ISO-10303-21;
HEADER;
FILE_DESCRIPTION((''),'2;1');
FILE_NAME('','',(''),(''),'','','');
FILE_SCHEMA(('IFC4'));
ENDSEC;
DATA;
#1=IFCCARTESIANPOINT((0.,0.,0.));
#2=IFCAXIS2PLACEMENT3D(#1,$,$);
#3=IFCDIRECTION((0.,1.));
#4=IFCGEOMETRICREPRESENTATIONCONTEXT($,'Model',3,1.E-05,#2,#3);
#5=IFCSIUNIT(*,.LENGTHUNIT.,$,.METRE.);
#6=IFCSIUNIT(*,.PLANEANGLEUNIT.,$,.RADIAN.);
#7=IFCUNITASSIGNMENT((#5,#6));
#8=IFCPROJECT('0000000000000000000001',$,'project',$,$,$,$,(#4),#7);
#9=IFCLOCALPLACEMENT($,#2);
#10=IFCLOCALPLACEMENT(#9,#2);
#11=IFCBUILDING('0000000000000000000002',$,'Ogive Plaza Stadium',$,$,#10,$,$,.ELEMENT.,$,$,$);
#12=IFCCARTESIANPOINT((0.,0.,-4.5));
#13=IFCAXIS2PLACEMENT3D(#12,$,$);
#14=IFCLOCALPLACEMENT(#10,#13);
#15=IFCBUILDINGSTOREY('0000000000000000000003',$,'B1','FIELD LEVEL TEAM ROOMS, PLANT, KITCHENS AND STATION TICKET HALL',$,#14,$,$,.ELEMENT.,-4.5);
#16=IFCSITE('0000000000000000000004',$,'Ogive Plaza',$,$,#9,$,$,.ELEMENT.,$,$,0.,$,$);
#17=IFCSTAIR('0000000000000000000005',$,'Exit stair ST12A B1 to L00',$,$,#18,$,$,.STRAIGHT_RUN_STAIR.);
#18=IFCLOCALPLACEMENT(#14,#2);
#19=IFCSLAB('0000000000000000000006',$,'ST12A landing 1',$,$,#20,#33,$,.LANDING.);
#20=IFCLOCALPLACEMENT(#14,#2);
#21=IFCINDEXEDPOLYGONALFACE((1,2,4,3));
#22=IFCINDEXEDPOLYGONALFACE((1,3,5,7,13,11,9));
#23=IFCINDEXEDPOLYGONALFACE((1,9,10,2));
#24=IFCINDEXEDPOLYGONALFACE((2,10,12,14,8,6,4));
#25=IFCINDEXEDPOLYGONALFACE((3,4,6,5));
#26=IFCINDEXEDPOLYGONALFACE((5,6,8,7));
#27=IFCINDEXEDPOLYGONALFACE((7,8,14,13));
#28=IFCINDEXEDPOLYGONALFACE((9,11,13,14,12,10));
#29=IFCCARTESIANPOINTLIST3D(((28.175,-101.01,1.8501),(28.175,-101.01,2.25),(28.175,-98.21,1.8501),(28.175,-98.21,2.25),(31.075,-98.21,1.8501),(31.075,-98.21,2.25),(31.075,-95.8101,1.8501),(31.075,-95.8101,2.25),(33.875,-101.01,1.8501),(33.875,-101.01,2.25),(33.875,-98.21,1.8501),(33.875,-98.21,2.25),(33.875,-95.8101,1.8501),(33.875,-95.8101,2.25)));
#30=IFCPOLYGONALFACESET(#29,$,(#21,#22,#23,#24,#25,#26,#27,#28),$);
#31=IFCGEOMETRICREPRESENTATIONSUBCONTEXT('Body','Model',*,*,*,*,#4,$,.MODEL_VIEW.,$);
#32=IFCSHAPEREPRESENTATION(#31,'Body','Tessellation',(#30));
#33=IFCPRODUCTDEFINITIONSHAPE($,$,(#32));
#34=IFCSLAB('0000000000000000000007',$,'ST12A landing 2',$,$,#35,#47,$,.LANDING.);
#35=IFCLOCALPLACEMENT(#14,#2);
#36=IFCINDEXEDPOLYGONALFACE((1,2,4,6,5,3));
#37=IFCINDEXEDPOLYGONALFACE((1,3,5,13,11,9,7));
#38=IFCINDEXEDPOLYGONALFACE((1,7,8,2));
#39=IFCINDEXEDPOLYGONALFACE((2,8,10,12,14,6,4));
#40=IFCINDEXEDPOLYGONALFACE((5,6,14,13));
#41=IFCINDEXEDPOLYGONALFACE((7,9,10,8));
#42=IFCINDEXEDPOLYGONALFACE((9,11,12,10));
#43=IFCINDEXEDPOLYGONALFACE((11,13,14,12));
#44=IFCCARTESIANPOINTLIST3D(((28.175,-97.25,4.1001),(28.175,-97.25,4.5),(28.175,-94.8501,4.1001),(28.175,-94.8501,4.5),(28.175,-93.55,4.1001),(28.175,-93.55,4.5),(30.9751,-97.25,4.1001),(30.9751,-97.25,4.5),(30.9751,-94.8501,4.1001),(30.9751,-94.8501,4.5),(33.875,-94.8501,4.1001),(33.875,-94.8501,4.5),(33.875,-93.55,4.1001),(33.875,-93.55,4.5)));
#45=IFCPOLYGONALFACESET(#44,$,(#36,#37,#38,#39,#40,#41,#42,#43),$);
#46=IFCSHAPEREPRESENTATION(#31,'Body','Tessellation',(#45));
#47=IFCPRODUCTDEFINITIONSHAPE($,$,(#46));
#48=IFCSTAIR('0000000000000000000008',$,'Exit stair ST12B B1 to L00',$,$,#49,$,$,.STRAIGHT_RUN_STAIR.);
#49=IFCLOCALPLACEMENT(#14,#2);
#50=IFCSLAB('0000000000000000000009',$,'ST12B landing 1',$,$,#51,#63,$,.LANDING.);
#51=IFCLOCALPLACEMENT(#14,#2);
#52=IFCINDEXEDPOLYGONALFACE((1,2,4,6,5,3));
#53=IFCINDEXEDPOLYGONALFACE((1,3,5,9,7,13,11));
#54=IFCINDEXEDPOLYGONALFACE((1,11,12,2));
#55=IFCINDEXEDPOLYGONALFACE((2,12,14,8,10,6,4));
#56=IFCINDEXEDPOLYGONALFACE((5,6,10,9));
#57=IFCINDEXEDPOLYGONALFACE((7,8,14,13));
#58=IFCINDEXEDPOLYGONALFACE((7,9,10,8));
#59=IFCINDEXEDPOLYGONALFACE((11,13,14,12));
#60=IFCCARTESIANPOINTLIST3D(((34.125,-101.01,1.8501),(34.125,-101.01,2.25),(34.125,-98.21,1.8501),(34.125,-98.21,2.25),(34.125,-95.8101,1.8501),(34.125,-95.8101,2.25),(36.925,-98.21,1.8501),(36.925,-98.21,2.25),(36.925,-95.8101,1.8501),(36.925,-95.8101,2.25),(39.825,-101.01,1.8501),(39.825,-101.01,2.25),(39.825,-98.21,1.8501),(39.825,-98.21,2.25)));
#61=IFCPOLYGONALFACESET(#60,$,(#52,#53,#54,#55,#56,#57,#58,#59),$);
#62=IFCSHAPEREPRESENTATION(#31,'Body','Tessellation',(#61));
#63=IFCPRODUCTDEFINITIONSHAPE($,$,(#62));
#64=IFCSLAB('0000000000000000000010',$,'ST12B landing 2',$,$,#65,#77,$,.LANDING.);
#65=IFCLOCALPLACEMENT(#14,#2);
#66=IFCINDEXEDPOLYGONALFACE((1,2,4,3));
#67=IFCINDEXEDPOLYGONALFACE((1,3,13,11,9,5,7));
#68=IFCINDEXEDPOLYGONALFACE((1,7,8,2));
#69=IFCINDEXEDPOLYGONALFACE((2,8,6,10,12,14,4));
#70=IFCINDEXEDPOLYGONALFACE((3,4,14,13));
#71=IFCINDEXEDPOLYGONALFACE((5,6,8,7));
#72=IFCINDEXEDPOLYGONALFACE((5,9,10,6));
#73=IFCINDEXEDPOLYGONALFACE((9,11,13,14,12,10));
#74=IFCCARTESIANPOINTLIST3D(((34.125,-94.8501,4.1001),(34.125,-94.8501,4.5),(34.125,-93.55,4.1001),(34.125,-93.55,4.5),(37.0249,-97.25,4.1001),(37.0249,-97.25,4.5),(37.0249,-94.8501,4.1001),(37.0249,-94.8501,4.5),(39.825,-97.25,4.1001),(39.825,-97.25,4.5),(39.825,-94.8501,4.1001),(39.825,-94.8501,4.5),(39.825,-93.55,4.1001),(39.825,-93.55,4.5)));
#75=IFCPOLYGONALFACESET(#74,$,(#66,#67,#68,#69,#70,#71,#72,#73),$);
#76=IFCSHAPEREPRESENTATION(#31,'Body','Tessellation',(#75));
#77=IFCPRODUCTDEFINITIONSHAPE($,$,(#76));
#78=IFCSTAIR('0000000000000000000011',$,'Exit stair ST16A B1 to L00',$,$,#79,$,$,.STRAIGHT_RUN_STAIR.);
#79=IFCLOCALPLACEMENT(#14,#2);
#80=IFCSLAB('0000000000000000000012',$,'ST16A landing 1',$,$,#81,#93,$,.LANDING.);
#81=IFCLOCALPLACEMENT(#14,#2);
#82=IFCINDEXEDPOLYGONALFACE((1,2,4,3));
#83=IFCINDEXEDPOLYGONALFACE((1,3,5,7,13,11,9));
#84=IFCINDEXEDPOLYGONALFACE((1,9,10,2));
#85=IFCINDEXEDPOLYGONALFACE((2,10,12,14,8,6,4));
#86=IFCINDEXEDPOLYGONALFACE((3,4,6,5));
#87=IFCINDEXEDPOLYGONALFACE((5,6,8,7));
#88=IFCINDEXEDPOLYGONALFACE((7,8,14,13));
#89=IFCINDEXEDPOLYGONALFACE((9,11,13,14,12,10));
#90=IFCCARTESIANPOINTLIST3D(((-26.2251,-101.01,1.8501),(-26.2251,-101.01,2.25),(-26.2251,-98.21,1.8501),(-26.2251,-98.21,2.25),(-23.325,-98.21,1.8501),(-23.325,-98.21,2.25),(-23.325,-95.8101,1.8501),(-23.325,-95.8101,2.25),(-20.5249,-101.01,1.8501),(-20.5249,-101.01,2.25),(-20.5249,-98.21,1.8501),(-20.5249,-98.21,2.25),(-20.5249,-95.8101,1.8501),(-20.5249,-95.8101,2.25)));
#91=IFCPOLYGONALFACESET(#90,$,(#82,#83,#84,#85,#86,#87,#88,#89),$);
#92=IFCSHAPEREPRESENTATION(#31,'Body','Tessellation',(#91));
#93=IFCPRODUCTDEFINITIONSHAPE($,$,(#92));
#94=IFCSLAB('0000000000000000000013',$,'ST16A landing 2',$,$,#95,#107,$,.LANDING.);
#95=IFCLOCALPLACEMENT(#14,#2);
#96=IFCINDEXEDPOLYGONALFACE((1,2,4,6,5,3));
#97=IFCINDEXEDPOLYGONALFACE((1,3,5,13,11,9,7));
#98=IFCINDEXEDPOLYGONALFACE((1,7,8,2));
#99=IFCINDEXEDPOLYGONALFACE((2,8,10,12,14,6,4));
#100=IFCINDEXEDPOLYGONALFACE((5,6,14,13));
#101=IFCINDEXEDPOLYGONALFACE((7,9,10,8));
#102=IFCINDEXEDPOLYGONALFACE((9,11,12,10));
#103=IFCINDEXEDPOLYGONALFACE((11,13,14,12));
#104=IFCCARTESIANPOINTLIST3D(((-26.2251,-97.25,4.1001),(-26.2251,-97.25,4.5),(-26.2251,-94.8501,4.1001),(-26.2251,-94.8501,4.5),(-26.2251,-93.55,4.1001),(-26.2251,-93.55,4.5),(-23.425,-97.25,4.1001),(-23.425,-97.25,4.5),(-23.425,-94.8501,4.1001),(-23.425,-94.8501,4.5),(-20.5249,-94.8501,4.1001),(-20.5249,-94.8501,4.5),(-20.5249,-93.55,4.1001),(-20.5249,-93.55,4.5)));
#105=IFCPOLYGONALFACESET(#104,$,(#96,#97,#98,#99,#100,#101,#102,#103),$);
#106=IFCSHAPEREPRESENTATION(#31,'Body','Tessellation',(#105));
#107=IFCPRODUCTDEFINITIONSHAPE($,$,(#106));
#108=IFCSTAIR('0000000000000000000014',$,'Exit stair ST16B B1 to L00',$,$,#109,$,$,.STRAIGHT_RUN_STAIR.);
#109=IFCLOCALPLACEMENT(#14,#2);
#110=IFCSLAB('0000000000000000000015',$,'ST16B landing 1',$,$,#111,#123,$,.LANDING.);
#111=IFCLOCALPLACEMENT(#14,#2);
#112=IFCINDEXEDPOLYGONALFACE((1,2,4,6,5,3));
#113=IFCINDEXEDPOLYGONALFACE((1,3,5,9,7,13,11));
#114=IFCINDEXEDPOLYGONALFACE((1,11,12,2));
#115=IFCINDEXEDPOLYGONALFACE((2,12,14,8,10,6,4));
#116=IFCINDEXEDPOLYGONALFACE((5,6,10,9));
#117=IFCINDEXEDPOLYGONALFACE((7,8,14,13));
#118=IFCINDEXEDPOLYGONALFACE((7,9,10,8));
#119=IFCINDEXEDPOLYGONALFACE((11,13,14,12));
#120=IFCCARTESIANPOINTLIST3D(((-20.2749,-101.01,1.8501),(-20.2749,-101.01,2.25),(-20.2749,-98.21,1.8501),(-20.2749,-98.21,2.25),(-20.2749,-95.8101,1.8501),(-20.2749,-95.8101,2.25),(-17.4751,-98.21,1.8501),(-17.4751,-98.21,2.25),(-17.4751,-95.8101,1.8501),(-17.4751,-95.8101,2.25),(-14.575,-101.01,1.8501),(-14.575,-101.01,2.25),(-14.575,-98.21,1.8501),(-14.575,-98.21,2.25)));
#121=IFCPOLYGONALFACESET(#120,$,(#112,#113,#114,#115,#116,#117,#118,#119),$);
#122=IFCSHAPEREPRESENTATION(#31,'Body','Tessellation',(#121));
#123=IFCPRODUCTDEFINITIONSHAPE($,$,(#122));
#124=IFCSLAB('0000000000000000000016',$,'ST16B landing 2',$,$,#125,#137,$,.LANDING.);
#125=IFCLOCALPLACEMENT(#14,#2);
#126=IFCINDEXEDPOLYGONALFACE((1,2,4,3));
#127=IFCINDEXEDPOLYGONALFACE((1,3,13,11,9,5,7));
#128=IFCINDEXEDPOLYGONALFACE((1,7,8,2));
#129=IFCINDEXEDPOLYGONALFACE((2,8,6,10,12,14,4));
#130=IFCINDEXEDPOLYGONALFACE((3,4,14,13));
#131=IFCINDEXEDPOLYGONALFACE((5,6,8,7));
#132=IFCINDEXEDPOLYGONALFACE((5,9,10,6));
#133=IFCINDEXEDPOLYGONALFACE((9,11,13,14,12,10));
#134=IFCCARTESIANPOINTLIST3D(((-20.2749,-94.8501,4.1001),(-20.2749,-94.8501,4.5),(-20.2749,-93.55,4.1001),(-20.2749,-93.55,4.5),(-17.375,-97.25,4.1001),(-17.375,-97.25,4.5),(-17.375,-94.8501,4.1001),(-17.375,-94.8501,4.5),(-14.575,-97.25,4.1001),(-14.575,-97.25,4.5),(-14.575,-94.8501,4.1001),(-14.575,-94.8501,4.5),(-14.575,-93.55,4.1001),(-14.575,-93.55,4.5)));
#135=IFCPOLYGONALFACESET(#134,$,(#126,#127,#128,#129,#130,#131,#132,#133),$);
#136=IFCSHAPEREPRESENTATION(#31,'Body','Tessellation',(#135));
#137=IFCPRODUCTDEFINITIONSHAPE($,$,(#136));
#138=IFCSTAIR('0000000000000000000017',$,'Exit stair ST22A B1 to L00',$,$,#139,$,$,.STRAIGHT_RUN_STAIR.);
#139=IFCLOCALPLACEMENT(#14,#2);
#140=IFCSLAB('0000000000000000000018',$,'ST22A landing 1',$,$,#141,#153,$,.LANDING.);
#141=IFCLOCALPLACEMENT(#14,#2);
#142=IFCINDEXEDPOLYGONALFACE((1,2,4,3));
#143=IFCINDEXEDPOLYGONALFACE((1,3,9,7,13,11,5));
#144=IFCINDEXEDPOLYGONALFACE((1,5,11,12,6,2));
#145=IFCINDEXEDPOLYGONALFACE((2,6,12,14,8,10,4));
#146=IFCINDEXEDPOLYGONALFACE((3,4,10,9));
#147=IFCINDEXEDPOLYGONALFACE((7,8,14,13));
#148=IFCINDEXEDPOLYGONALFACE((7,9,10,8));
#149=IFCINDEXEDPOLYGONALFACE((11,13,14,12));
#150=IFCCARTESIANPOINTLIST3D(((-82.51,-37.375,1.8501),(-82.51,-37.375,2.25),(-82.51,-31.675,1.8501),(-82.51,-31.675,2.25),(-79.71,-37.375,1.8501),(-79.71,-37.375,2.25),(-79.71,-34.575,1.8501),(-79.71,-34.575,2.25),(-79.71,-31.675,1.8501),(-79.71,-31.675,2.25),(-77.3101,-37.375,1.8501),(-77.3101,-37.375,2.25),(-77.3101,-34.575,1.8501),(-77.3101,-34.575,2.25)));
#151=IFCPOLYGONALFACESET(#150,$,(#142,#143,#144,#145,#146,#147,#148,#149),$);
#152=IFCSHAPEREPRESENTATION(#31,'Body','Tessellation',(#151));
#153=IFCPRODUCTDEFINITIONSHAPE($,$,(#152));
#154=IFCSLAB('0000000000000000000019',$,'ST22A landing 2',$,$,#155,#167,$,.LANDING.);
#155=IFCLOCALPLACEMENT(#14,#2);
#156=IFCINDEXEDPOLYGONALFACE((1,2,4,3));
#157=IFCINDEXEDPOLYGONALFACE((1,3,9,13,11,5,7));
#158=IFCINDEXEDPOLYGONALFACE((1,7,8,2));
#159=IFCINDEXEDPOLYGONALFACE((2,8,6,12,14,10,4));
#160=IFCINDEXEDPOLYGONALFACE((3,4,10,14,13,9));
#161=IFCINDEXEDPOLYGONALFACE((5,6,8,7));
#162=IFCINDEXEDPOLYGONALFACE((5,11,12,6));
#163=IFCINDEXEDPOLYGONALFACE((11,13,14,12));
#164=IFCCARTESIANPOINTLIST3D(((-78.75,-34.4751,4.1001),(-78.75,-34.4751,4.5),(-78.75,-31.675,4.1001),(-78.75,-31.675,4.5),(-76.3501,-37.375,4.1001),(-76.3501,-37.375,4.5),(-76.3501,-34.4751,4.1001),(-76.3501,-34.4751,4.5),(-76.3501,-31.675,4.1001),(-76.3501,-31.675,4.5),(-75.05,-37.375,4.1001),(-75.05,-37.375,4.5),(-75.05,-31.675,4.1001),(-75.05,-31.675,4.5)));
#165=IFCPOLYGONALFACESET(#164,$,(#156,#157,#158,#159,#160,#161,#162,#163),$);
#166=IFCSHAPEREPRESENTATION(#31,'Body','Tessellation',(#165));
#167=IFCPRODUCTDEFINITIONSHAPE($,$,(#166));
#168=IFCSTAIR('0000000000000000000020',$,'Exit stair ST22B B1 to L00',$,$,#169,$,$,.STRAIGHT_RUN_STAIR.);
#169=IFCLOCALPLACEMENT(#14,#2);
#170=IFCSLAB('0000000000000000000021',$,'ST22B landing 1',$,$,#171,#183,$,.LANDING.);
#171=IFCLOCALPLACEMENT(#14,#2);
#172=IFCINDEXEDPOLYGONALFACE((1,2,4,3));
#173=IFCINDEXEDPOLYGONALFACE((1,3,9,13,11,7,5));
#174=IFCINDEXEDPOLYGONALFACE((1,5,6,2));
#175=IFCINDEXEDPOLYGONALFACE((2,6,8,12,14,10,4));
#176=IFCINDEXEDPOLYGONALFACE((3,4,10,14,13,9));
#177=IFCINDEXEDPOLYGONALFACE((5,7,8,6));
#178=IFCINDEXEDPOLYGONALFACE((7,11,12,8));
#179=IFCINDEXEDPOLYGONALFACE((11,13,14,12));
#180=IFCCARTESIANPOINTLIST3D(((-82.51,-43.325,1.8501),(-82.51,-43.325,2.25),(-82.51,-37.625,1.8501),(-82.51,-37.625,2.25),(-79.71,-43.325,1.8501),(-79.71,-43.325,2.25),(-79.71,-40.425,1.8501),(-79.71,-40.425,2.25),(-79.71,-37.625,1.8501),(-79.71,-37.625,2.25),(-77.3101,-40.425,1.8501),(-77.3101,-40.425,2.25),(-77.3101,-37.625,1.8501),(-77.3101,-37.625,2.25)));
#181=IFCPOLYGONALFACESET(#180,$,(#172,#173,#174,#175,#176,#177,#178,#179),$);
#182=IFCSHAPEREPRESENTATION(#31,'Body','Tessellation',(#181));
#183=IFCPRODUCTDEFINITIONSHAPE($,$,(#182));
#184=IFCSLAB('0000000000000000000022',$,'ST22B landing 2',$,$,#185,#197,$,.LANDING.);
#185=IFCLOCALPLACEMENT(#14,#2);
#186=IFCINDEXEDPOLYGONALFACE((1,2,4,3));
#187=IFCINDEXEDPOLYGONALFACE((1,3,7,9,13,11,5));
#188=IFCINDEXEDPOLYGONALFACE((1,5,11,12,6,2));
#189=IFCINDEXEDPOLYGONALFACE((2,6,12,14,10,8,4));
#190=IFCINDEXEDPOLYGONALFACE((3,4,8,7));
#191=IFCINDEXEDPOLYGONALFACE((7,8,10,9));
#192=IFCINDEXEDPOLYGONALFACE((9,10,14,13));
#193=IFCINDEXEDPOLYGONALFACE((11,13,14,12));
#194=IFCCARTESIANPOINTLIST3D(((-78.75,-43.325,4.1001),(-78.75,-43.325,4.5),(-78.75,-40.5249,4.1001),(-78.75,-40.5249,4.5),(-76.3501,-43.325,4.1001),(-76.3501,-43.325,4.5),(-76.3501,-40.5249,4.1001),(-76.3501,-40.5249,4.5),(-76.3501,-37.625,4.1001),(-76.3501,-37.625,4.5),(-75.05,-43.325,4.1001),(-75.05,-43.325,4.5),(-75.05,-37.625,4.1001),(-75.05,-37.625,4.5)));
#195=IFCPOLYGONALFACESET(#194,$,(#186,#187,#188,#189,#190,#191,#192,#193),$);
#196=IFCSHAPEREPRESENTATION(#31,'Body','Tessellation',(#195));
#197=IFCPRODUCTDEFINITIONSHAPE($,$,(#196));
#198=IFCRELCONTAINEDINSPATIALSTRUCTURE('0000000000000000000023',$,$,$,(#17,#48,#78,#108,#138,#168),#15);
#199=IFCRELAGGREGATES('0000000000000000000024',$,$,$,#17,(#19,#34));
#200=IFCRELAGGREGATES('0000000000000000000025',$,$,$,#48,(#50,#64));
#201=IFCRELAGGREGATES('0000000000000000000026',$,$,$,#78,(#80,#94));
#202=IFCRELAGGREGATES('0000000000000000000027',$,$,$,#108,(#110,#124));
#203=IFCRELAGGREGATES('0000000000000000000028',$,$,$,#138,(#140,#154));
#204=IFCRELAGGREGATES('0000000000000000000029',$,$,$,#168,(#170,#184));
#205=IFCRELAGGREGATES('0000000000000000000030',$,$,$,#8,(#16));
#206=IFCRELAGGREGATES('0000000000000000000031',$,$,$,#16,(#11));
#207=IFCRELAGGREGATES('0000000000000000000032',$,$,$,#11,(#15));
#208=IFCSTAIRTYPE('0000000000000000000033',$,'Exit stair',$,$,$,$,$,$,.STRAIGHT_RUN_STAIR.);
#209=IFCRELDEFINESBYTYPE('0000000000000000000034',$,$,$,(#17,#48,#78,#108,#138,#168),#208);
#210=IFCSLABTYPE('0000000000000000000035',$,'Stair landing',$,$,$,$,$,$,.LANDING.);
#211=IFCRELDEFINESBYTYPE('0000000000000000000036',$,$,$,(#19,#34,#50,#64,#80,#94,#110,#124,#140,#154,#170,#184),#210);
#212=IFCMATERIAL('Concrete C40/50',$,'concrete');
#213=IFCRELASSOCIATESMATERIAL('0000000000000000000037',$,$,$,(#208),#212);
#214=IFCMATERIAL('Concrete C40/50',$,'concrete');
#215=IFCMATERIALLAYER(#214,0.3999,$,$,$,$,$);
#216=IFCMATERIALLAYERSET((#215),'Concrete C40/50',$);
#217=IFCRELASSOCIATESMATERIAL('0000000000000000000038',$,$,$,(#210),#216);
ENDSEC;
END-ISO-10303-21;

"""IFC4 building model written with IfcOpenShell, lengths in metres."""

from ifc_helpers import new_model, si_unit, direction, frame, origin, place, context, subcontext, project, spatial, polyline, outline, extrude, material, layer, layer_set, type_object, element, aggregate, save


model = new_model("IFC4")

# Units and contexts
model_context = context("Model", 3, precision=1e-05, world=origin(), true_north=direction((0.0, 1.0)))
body_context = subcontext(model_context, "Body", "Model", "MODEL_VIEW")
ifc_project = project(units=[si_unit("LENGTHUNIT", "METRE"), si_unit("PLANEANGLEUNIT", "RADIAN")], contexts=[model_context])

# Site, building, storey
site_placement = place(None, origin())
site = spatial("IfcSite", under=ifc_project, at=site_placement, Name="Ogive Plaza", CompositionType="ELEMENT", RefElevation=0.0)
building_placement = place(site_placement, origin())
building = spatial("IfcBuilding", under=site, at=building_placement, Name="Ogive Plaza Stadium", CompositionType="ELEMENT")
storey_placement = place(building_placement, frame((0.0, 0.0, -4.5)))
storey = spatial("IfcBuildingStorey", under=building, at=storey_placement, Name="B1", Description="FIELD LEVEL TEAM ROOMS, PLANT, KITCHENS AND STATION TICKET HALL", CompositionType="ELEMENT", Elevation=-4.5)

# Stairs, slabs
ifc_material_1 = material(Name="Concrete C40/50", Category="concrete")
stair_type = type_object("IfcStairType", Name="Exit stair", PredefinedType="STRAIGHT_RUN_STAIR", material=ifc_material_1)
ifc_material_2 = material(Name="Concrete C40/50", Category="concrete")
ifc_layer_1 = layer(ifc_material_2, 0.3999)
ifc_layer_set_1 = layer_set([ifc_layer_1], Name="Concrete C40/50")
slab_type_1 = type_object("IfcSlabType", Name="Stair landing", PredefinedType="LANDING", material=ifc_layer_set_1)
stair_1_placement = place(storey_placement, origin())
stair_1 = element("IfcStair", 1, at=stair_1_placement, inside=storey, type_object=stair_type, Name="Exit stair ST12A B1 to L00", PredefinedType="STRAIGHT_RUN_STAIR")
slab_1_placement = place(storey_placement, frame((0.0, 0.0, 1.8501)))
slab_1 = element("IfcSlab", 2, at=slab_1_placement, type_object=slab_type_1, Name="ST12A landing 1", PredefinedType="LANDING", context=body_context, shape_type="SweptSolid", body=[
    extrude(outline(polyline([(33.875, -101.01), (28.175, -101.01), (28.175, -98.21), (31.075, -98.21), (31.075, -95.8101), (33.875, -95.8101), (33.875, -98.21), (33.875, -101.01)])), origin(), (0.0, 0.0, 1.0), 0.3999),
])
slab_2_placement = place(storey_placement, frame((0.0, 0.0, 4.1001)))
slab_2 = element("IfcSlab", 3, at=slab_2_placement, type_object=slab_type_1, Name="ST12A landing 2", PredefinedType="LANDING", context=body_context, shape_type="SweptSolid", body=[
    extrude(outline(polyline([(30.9751, -97.25), (28.175, -97.25), (28.175, -94.8501), (28.175, -93.55), (33.875, -93.55), (33.875, -94.8501), (30.9751, -94.8501), (30.9751, -97.25)])), origin(), (0.0, 0.0, 1.0), 0.3999),
])
aggregate(stair_1, [slab_1, slab_2])
stair_2_placement = place(storey_placement, origin())
stair_2 = element("IfcStair", 4, at=stair_2_placement, inside=storey, type_object=stair_type, Name="Exit stair ST12B B1 to L00", PredefinedType="STRAIGHT_RUN_STAIR")
slab_3_placement = place(storey_placement, frame((0.0, 0.0, 1.8501)))
slab_3 = element("IfcSlab", 5, at=slab_3_placement, type_object=slab_type_1, Name="ST12B landing 1", PredefinedType="LANDING", context=body_context, shape_type="SweptSolid", body=[
    extrude(outline(polyline([(34.125, -95.8101), (36.925, -95.8101), (36.925, -98.21), (39.825, -98.21), (39.825, -101.01), (34.125, -101.01), (34.125, -98.21), (34.125, -95.8101)])), origin(), (0.0, 0.0, 1.0), 0.3999),
])
slab_4_placement = place(storey_placement, frame((0.0, 0.0, 4.1001)))
slab_4 = element("IfcSlab", 6, at=slab_4_placement, type_object=slab_type_1, Name="ST12B landing 2", PredefinedType="LANDING", context=body_context, shape_type="SweptSolid", body=[
    extrude(outline(polyline([(34.125, -94.8501), (34.125, -93.55), (39.825, -93.55), (39.825, -94.8501), (39.825, -97.25), (37.0249, -97.25), (37.0249, -94.8501), (34.125, -94.8501)])), origin(), (0.0, 0.0, 1.0), 0.3999),
])
aggregate(stair_2, [slab_3, slab_4])
stair_3_placement = place(storey_placement, origin())
stair_3 = element("IfcStair", 7, at=stair_3_placement, inside=storey, type_object=stair_type, Name="Exit stair ST16A B1 to L00", PredefinedType="STRAIGHT_RUN_STAIR")
slab_5_placement = place(storey_placement, frame((0.0, 0.0, 1.8501)))
slab_5 = element("IfcSlab", 8, at=slab_5_placement, type_object=slab_type_1, Name="ST16A landing 1", PredefinedType="LANDING", context=body_context, shape_type="SweptSolid", body=[
    extrude(outline(polyline([(-20.5249, -101.01), (-26.2251, -101.01), (-26.2251, -98.21), (-23.325, -98.21), (-23.325, -95.8101), (-20.5249, -95.8101), (-20.5249, -98.21), (-20.5249, -101.01)])), origin(), (0.0, 0.0, 1.0), 0.3999),
])
slab_6_placement = place(storey_placement, frame((0.0, 0.0, 4.1001)))
slab_6 = element("IfcSlab", 9, at=slab_6_placement, type_object=slab_type_1, Name="ST16A landing 2", PredefinedType="LANDING", context=body_context, shape_type="SweptSolid", body=[
    extrude(outline(polyline([(-23.425, -97.25), (-26.2251, -97.25), (-26.2251, -94.8501), (-26.2251, -93.55), (-20.5249, -93.55), (-20.5249, -94.8501), (-23.425, -94.8501), (-23.425, -97.25)])), origin(), (0.0, 0.0, 1.0), 0.3999),
])
aggregate(stair_3, [slab_5, slab_6])
stair_4_placement = place(storey_placement, origin())
stair_4 = element("IfcStair", 10, at=stair_4_placement, inside=storey, type_object=stair_type, Name="Exit stair ST16B B1 to L00", PredefinedType="STRAIGHT_RUN_STAIR")
slab_7_placement = place(storey_placement, frame((0.0, 0.0, 1.8501)))
slab_7 = element("IfcSlab", 11, at=slab_7_placement, type_object=slab_type_1, Name="ST16B landing 1", PredefinedType="LANDING", context=body_context, shape_type="SweptSolid", body=[
    extrude(outline(polyline([(-20.2749, -95.8101), (-17.4751, -95.8101), (-17.4751, -98.21), (-14.575, -98.21), (-14.575, -101.01), (-20.2749, -101.01), (-20.2749, -98.21), (-20.2749, -95.8101)])), origin(), (0.0, 0.0, 1.0), 0.3999),
])
slab_8_placement = place(storey_placement, frame((0.0, 0.0, 4.1001)))
slab_8 = element("IfcSlab", 12, at=slab_8_placement, type_object=slab_type_1, Name="ST16B landing 2", PredefinedType="LANDING", context=body_context, shape_type="SweptSolid", body=[
    extrude(outline(polyline([(-20.2749, -94.8501), (-20.2749, -93.55), (-14.575, -93.55), (-14.575, -94.8501), (-14.575, -97.25), (-17.375, -97.25), (-17.375, -94.8501), (-20.2749, -94.8501)])), origin(), (0.0, 0.0, 1.0), 0.3999),
])
aggregate(stair_4, [slab_7, slab_8])
stair_5_placement = place(storey_placement, origin())
stair_5 = element("IfcStair", 13, at=stair_5_placement, inside=storey, type_object=stair_type, Name="Exit stair ST22A B1 to L00", PredefinedType="STRAIGHT_RUN_STAIR")
slab_9_placement = place(storey_placement, frame((0.0, 0.0, 1.8501)))
slab_9 = element("IfcSlab", 14, at=slab_9_placement, type_object=slab_type_1, Name="ST22A landing 1", PredefinedType="LANDING", context=body_context, shape_type="SweptSolid", body=[
    extrude(outline(polyline([(-82.51, -37.375), (-82.51, -31.675), (-79.71, -31.675), (-79.71, -34.575), (-77.3101, -34.575), (-77.3101, -37.375), (-79.71, -37.375), (-82.51, -37.375)])), origin(), (0.0, 0.0, 1.0), 0.3999),
])
slab_10_placement = place(storey_placement, frame((0.0, 0.0, 4.1001)))
slab_10 = element("IfcSlab", 15, at=slab_10_placement, type_object=slab_type_1, Name="ST22A landing 2", PredefinedType="LANDING", context=body_context, shape_type="SweptSolid", body=[
    extrude(outline(polyline([(-78.75, -34.4751), (-78.75, -31.675), (-76.3501, -31.675), (-75.05, -31.675), (-75.05, -37.375), (-76.3501, -37.375), (-76.3501, -34.4751), (-78.75, -34.4751)])), origin(), (0.0, 0.0, 1.0), 0.3999),
])
aggregate(stair_5, [slab_9, slab_10])
stair_6_placement = place(storey_placement, origin())
stair_6 = element("IfcStair", 16, at=stair_6_placement, inside=storey, type_object=stair_type, Name="Exit stair ST22B B1 to L00", PredefinedType="STRAIGHT_RUN_STAIR")
slab_11_placement = place(storey_placement, frame((0.0, 0.0, 1.8501)))
slab_11 = element("IfcSlab", 17, at=slab_11_placement, type_object=slab_type_1, Name="ST22B landing 1", PredefinedType="LANDING", context=body_context, shape_type="SweptSolid", body=[
    extrude(outline(polyline([(-77.3101, -37.625), (-77.3101, -40.425), (-79.71, -40.425), (-79.71, -43.325), (-82.51, -43.325), (-82.51, -37.625), (-79.71, -37.625), (-77.3101, -37.625)])), origin(), (0.0, 0.0, 1.0), 0.3999),
])
slab_12_placement = place(storey_placement, frame((0.0, 0.0, 4.1001)))
slab_12 = element("IfcSlab", 18, at=slab_12_placement, type_object=slab_type_1, Name="ST22B landing 2", PredefinedType="LANDING", context=body_context, shape_type="SweptSolid", body=[
    extrude(outline(polyline([(-76.3501, -37.625), (-75.05, -37.625), (-75.05, -43.325), (-76.3501, -43.325), (-78.75, -43.325), (-78.75, -40.5249), (-76.3501, -40.5249), (-76.3501, -37.625)])), origin(), (0.0, 0.0, 1.0), 0.3999),
])
aggregate(stair_6, [slab_11, slab_12])

save(model, "model.ifc")
